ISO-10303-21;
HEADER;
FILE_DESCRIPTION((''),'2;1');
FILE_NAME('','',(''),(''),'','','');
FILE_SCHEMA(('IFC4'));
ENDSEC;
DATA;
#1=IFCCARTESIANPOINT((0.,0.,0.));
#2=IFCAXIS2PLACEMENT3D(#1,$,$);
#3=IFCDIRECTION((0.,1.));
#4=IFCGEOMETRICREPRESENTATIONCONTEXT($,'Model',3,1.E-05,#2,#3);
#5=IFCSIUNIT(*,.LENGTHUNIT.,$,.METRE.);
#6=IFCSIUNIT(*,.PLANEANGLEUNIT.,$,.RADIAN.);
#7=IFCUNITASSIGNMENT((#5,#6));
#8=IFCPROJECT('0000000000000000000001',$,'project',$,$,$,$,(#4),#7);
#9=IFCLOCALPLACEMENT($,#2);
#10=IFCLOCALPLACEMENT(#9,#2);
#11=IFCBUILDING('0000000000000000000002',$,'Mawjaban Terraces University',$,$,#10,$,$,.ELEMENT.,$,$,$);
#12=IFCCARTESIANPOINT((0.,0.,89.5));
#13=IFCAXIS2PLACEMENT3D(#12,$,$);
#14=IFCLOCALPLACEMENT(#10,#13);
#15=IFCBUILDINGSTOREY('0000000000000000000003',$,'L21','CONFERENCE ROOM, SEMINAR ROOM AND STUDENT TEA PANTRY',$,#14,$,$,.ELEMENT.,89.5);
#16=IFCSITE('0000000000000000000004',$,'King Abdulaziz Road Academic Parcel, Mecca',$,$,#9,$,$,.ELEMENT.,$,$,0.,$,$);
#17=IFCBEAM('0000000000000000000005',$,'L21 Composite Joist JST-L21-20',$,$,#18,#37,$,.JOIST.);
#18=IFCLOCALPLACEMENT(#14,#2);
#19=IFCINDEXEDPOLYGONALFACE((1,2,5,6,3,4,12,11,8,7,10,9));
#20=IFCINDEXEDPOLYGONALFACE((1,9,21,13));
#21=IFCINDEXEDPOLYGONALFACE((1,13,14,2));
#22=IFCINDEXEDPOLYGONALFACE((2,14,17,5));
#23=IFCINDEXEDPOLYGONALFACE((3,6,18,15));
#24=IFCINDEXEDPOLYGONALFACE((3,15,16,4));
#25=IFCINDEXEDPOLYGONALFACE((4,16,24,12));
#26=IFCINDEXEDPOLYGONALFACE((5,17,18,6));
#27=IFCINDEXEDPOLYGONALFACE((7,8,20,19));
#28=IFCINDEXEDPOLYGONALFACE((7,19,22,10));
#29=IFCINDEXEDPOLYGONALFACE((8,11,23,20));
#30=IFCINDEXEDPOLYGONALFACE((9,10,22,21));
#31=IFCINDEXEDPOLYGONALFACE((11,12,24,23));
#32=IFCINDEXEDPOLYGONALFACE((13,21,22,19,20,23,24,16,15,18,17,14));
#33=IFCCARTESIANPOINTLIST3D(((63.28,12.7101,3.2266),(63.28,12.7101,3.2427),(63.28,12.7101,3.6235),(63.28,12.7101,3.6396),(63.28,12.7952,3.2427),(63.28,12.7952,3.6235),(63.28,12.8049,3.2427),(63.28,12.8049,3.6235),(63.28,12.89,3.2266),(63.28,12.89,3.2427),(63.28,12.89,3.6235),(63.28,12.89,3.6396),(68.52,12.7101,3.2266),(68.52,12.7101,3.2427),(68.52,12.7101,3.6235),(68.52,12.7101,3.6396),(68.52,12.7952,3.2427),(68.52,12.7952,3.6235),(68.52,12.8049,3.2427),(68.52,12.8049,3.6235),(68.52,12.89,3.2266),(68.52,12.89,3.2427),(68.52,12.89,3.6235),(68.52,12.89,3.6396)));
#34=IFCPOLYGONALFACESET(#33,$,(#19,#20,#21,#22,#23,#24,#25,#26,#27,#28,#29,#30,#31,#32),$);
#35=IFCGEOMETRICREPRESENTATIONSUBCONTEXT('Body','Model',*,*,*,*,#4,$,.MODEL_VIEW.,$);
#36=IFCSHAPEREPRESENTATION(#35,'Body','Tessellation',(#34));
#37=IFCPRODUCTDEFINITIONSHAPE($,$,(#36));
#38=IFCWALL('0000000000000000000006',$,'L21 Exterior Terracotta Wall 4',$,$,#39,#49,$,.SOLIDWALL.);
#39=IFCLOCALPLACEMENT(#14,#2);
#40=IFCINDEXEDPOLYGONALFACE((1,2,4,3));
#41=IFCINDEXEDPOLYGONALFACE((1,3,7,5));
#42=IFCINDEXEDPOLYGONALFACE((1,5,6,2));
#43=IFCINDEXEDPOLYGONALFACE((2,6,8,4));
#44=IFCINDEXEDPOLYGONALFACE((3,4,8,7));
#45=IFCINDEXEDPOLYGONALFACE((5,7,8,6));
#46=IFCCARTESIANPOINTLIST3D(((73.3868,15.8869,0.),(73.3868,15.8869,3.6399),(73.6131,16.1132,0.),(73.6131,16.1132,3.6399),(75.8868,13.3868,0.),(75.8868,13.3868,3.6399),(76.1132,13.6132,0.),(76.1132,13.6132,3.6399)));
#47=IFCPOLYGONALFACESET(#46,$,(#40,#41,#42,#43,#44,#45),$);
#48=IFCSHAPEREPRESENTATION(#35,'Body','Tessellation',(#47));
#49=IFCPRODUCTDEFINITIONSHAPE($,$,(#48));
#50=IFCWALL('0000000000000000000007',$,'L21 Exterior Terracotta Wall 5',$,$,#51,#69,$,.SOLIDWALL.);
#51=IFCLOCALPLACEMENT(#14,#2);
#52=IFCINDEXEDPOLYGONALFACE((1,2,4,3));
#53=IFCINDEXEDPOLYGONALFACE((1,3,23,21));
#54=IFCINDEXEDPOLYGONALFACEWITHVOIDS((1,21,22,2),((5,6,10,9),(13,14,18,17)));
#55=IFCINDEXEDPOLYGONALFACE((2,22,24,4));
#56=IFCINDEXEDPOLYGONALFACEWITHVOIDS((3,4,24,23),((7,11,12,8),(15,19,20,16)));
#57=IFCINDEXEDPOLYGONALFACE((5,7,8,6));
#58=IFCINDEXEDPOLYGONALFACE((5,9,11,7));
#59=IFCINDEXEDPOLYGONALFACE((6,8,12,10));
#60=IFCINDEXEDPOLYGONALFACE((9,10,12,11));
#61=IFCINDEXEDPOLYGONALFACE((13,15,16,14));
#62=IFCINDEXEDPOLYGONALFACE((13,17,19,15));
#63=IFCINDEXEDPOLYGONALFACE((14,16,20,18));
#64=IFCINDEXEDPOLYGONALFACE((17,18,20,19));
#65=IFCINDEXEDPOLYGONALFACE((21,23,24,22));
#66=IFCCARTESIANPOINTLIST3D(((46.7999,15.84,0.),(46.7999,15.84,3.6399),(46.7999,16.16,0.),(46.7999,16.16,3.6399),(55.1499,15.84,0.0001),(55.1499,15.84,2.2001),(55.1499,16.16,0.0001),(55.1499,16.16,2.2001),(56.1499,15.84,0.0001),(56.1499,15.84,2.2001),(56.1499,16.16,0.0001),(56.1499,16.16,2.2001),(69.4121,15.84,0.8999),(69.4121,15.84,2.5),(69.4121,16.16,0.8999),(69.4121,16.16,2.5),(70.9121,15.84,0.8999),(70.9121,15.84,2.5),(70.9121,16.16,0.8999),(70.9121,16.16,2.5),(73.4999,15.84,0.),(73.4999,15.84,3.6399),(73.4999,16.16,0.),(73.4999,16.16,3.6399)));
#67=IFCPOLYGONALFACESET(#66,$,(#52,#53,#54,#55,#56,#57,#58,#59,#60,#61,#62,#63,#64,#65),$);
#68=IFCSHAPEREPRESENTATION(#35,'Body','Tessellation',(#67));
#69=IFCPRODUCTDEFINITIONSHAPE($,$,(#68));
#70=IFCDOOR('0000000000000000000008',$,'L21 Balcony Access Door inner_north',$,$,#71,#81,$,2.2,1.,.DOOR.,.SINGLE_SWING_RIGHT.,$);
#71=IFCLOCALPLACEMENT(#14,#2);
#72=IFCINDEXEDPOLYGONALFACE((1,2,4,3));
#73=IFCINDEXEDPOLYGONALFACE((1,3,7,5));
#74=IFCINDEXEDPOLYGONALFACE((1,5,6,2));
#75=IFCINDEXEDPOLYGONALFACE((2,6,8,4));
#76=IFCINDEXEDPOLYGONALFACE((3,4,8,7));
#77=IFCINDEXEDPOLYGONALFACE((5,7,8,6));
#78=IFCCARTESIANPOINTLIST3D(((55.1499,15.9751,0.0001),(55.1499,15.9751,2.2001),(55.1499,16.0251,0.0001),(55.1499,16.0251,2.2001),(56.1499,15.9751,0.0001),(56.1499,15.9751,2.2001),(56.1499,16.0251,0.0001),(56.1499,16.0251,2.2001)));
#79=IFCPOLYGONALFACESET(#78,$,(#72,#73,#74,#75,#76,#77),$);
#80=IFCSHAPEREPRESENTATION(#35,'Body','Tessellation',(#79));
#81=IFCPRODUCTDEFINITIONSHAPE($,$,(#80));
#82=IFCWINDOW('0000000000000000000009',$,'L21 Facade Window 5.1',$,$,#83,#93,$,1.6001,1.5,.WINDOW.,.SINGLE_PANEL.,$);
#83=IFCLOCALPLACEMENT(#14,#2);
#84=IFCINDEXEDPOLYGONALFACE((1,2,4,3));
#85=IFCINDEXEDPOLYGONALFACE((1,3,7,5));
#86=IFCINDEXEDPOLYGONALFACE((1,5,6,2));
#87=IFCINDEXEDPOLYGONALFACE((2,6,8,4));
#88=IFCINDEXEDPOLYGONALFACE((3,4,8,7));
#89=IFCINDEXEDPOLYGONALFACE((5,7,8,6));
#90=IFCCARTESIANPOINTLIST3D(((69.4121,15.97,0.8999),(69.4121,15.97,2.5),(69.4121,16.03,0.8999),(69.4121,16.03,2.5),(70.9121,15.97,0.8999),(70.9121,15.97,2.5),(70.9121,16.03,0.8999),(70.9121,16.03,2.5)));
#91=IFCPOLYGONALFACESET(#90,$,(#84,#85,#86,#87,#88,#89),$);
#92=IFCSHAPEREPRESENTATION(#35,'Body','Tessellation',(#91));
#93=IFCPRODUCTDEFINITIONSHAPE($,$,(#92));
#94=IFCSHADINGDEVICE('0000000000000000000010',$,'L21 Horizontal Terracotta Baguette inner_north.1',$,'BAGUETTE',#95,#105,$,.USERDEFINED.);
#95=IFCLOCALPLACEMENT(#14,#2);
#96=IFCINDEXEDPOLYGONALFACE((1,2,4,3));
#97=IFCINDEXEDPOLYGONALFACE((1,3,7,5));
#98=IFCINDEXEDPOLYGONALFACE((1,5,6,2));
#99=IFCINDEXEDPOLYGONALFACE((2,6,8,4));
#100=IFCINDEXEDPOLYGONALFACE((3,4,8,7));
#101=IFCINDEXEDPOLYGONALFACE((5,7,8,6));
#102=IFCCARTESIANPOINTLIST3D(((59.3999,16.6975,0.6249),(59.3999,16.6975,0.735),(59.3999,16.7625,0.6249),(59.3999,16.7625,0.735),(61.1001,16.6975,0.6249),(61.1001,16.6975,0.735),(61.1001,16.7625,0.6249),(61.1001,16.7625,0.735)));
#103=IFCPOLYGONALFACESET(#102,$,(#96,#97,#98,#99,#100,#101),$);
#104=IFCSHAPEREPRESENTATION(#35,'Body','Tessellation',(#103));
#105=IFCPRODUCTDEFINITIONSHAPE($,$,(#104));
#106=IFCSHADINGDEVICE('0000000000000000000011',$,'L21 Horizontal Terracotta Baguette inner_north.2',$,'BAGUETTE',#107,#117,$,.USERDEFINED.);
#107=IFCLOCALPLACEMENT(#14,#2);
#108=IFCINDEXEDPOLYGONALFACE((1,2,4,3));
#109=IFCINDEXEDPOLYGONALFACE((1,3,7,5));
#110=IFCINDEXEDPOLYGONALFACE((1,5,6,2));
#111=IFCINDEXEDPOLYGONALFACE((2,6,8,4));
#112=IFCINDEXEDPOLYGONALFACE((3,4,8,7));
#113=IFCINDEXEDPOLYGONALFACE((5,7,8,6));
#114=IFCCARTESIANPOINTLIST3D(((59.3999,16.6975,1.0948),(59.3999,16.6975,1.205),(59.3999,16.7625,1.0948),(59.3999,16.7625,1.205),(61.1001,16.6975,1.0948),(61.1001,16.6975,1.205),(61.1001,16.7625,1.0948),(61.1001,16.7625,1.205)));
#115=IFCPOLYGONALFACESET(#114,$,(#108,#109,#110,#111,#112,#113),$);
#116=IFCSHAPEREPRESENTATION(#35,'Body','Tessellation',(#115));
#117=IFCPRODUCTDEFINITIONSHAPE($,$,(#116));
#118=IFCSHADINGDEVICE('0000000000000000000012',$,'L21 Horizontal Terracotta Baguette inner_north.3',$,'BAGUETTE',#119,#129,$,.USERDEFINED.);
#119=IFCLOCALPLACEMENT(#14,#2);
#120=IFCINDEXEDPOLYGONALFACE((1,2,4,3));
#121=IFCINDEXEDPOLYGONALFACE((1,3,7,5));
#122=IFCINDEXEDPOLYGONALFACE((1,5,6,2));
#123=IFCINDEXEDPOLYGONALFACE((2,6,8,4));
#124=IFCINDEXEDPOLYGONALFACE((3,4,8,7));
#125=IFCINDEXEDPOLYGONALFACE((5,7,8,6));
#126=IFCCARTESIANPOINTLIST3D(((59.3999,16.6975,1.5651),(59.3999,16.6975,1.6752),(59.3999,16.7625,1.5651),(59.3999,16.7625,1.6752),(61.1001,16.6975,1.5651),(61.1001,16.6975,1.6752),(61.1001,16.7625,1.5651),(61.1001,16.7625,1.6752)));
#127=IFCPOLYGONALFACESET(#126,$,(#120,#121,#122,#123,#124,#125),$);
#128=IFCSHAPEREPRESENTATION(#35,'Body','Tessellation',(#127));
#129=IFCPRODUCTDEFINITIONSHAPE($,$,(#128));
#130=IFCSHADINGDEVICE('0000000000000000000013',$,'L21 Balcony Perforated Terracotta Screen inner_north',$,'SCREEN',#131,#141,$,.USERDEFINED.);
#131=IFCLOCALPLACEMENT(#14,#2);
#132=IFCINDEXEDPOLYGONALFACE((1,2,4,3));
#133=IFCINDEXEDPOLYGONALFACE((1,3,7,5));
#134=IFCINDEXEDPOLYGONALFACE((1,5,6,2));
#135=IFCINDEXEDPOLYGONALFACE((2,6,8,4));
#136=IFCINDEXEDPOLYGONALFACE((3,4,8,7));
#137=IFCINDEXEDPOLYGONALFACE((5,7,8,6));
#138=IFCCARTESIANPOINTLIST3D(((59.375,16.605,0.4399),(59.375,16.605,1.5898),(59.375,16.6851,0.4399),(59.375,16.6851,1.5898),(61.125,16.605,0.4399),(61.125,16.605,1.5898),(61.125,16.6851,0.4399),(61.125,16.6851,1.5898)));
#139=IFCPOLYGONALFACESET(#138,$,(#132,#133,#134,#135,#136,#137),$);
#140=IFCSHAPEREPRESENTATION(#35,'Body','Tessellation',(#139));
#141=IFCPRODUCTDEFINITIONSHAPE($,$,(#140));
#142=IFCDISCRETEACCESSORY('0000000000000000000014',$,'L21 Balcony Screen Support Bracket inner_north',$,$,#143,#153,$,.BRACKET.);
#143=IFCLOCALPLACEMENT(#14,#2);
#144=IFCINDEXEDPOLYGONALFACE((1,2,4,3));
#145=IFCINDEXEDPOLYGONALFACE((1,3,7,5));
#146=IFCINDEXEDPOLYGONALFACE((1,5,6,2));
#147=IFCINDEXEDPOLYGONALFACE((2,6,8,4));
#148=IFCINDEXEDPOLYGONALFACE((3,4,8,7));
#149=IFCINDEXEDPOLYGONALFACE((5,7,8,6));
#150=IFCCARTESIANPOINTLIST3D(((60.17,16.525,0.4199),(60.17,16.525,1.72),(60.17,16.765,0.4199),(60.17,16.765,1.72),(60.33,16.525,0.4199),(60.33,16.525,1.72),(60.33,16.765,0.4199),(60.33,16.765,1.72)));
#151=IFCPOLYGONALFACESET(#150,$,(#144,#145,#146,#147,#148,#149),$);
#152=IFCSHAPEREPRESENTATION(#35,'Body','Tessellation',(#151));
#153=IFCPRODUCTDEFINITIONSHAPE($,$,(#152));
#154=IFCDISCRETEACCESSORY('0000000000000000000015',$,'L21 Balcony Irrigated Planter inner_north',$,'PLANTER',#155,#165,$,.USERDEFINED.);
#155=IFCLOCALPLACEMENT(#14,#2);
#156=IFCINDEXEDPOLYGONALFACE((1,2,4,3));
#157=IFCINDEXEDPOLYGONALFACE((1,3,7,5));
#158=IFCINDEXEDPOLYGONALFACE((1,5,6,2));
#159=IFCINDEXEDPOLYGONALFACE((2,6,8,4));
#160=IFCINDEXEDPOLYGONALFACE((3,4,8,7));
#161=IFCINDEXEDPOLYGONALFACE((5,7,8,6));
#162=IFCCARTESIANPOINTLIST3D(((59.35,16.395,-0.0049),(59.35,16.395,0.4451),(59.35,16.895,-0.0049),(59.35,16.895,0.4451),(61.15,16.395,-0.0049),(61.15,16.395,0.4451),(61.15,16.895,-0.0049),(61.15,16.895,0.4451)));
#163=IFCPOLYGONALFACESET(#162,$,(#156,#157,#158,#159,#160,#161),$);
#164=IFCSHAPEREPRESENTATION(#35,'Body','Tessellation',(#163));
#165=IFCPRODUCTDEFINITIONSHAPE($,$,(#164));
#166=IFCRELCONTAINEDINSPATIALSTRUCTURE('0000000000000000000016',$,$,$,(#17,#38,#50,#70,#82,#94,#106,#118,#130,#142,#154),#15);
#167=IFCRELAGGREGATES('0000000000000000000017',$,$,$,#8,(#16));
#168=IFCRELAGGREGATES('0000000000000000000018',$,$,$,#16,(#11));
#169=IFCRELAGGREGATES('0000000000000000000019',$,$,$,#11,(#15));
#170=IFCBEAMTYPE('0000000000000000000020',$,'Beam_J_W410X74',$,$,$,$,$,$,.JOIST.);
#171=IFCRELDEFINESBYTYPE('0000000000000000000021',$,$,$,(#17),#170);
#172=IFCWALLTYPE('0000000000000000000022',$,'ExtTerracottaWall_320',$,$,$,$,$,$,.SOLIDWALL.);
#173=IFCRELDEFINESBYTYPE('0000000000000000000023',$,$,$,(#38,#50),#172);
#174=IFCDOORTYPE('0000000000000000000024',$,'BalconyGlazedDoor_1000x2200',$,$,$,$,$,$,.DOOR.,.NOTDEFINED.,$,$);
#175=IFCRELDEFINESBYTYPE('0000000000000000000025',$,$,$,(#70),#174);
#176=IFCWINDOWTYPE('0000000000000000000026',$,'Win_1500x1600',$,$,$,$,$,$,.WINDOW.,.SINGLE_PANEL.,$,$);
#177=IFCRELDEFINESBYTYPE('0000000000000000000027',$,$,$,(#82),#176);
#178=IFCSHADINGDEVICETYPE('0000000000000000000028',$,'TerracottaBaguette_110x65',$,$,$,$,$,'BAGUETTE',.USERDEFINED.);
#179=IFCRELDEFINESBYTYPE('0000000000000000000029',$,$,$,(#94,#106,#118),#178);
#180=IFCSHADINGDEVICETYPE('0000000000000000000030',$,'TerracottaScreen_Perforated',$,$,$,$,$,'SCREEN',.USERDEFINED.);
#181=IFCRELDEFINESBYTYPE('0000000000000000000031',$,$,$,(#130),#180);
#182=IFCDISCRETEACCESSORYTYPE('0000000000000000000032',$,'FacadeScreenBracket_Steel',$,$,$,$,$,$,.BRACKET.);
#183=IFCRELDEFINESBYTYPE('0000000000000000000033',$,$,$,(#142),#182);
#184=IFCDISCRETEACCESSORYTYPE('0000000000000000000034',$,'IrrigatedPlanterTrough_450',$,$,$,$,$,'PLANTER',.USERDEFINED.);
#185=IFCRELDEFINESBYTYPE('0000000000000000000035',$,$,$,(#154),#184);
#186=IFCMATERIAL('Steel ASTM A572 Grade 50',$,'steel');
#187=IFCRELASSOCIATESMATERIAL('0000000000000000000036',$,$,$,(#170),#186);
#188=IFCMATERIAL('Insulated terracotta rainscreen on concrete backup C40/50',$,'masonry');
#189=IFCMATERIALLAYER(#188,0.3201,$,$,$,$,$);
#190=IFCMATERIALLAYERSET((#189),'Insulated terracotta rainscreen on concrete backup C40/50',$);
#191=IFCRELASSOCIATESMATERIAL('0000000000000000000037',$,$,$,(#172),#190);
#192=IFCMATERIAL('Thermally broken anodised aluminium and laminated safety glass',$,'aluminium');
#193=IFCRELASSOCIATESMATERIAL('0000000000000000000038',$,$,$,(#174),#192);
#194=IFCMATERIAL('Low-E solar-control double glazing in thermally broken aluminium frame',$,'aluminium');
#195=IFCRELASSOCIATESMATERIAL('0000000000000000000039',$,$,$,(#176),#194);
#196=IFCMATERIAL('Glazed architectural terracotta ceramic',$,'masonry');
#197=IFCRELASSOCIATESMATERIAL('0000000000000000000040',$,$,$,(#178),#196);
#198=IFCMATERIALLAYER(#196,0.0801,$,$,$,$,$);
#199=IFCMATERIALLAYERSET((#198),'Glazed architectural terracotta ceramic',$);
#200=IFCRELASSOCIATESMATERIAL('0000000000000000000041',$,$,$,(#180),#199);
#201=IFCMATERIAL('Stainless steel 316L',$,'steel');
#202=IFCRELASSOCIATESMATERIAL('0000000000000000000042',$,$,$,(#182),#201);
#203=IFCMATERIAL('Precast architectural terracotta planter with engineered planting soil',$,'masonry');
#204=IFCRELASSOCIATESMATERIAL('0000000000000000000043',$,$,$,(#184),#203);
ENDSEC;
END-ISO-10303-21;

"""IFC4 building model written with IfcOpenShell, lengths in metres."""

from ifc_helpers import new_model, si_unit, direction, frame, frame_2d, origin, origin_2d, place, context, subcontext, project, spatial, rectangle, i_section, extrude, material, layer, layer_set, material_profile, profile_set, type_object, element, fill, save


model = new_model("IFC4")

# Units and contexts
model_context = context("Model", 3, precision=1e-05, world=origin(), true_north=direction((0.0, 1.0)))
body_context = subcontext(model_context, "Body", "Model", "MODEL_VIEW")
ifc_project = project(units=[si_unit("LENGTHUNIT", "METRE"), si_unit("PLANEANGLEUNIT", "RADIAN")], contexts=[model_context])

# Site, building, storey
site_placement = place(None, origin())
site = spatial("IfcSite", under=ifc_project, at=site_placement, Name="King Abdulaziz Road Academic Parcel, Mecca", CompositionType="ELEMENT", RefElevation=0.0)
building_placement = place(site_placement, origin())
building = spatial("IfcBuilding", under=site, at=building_placement, Name="Mawjaban Terraces University", CompositionType="ELEMENT")
storey_placement = place(building_placement, frame((0.0, 0.0, 89.5)))
storey = spatial("IfcBuildingStorey", under=building, at=storey_placement, Name="L21", Description="CONFERENCE ROOM, SEMINAR ROOM AND STUDENT TEA PANTRY", CompositionType="ELEMENT", Elevation=89.5)

# Beam
ifc_material_1 = material(Name="Steel ASTM A572 Grade 50", Category="steel")
ifc_material_profile_1 = material_profile(ifc_material_1, i_section(OverallWidth=0.1799, OverallDepth=0.4131, WebThickness=0.0098, FlangeThickness=0.0161, at=origin_2d()), Name="W410X74")
ifc_profile_set_1 = profile_set([ifc_material_profile_1], Name="Steel ASTM A572 Grade 50")
beam_type_1 = type_object("IfcBeamType", Name="Beam_J_W410X74", PredefinedType="JOIST", material=ifc_profile_set_1)
beam_1_placement = place(storey_placement, frame((63.28, 12.8, 3.4331), z_axis=(1.0, 0.0, 0.0), x_axis=(0.0, 1.0, 0.0)))
element("IfcBeam", 1, at=beam_1_placement, inside=storey, type_object=beam_type_1, Name="L21 Composite Joist JST-L21-20", PredefinedType="JOIST", context=body_context, shape_type="SweptSolid", body=[
    extrude(i_section(OverallWidth=0.1799, OverallDepth=0.4131, WebThickness=0.0098, FlangeThickness=0.0161, at=origin_2d()), origin(), (0.0, 0.0, 1.0), 5.24),
])

# Wall
ifc_material_2 = material(Name="Insulated terracotta rainscreen on concrete backup C40/50", Category="masonry")
ifc_layer_1 = layer(ifc_material_2, 0.3201)
ifc_layer_set_1 = layer_set([ifc_layer_1], Name="Insulated terracotta rainscreen on concrete backup C40/50")
wall_type = type_object("IfcWallType", Name="ExtTerracottaWall_320", PredefinedType="SOLIDWALL", material=ifc_layer_set_1)
wall_1_placement = place(storey_placement, frame((76.0, 13.5, 0.0), z_axis=(0.0, 0.0, 1.0), x_axis=(-0.707107, 0.707107, 0.0)))
element("IfcWall", 2, at=wall_1_placement, inside=storey, type_object=wall_type, Name="L21 Exterior Terracotta Wall 4", PredefinedType="SOLIDWALL", context=body_context, shape_type="SweptSolid", body=[
    extrude(rectangle(XDim=3.5356, YDim=0.3201, at=frame_2d((1.7678, 0.0))), origin(), (0.0, 0.0, 1.0), 3.6399),
])

# Wall, openings, door, window
wall_2_placement = place(storey_placement, frame((73.5, 16.0, 0.0), z_axis=(0.0, 0.0, 1.0), x_axis=(-1.0, 0.0, 0.0)))
wall_2 = element("IfcWall", 3, at=wall_2_placement, inside=storey, type_object=wall_type, Name="L21 Exterior Terracotta Wall 5", PredefinedType="SOLIDWALL", context=body_context, shape_type="SweptSolid", body=[
    extrude(rectangle(XDim=26.7, YDim=0.3201, at=frame_2d((13.3501, 0.0))), origin(), (0.0, 0.0, 1.0), 3.6399),
])
opening_1_placement = place(wall_2_placement, frame((17.3501, 0.0, 0.0)))
opening_1 = element("IfcOpeningElement", 4, at=opening_1_placement, cuts=wall_2, PredefinedType="OPENING", context=body_context, shape_type="SweptSolid", body=[
    extrude(rectangle(XDim=1.0, YDim=2.2, at=frame_2d((0.5, 1.1001))), frame((0.0, 0.1699, 0.0), z_axis=(0.0, -1.0, 0.0), x_axis=(1.0, 0.0, 0.0)), (0.0, 0.0, 1.0), 0.3401),
])
opening_2_placement = place(wall_2_placement, frame((2.5879, 0.0, 0.8999)))
opening_2 = element("IfcOpeningElement", 5, at=opening_2_placement, cuts=wall_2, PredefinedType="OPENING", context=body_context, shape_type="SweptSolid", body=[
    extrude(rectangle(XDim=1.5, YDim=1.6001, at=frame_2d((0.75, 0.8))), frame((0.0, 0.1699, 0.0), z_axis=(0.0, -1.0, 0.0), x_axis=(1.0, 0.0, 0.0)), (0.0, 0.0, 1.0), 0.3401),
])
ifc_material_3 = material(Name="Thermally broken anodised aluminium and laminated safety glass", Category="aluminium")
door_type = type_object("IfcDoorType", Name="BalconyGlazedDoor_1000x2200", OperationType="NOTDEFINED", PredefinedType="DOOR", material=ifc_material_3)
door_placement = place(opening_1_placement, origin())
door = element("IfcDoor", 6, at=door_placement, inside=storey, type_object=door_type, Name="L21 Balcony Access Door inner_north", OperationType="SINGLE_SWING_RIGHT", OverallHeight=2.2, OverallWidth=1.0, PredefinedType="DOOR", context=body_context, shape_type="SweptSolid", body=[
    extrude(rectangle(XDim=1.0, YDim=2.2, at=frame_2d((0.5, 1.1001))), frame((0.0, 0.0249, 0.0), z_axis=(0.0, -1.0, 0.0), x_axis=(1.0, 0.0, 0.0)), (0.0, 0.0, 1.0), 0.05),
])
fill(opening_1, door)
ifc_material_4 = material(Name="Low-E solar-control double glazing in thermally broken aluminium frame", Category="aluminium")
window_type = type_object("IfcWindowType", Name="Win_1500x1600", PartitioningType="SINGLE_PANEL", PredefinedType="WINDOW", material=ifc_material_4)
window_placement = place(opening_2_placement, origin())
window = element("IfcWindow", 7, at=window_placement, inside=storey, type_object=window_type, Name="L21 Facade Window 5.1", OverallHeight=1.6001, OverallWidth=1.5, PartitioningType="SINGLE_PANEL", PredefinedType="WINDOW", context=body_context, shape_type="SweptSolid", body=[
    extrude(rectangle(XDim=1.5, YDim=1.6001, at=frame_2d((0.75, 0.8))), frame((0.0, 0.03, 0.0), z_axis=(0.0, -1.0, 0.0), x_axis=(1.0, 0.0, 0.0)), (0.0, 0.0, 1.0), 0.0601),
])
fill(opening_2, window)

# Shading devices
ifc_material_5 = material(Name="Glazed architectural terracotta ceramic", Category="masonry")
ifc_material_profile_2 = material_profile(ifc_material_5, rectangle(XDim=0.0649, YDim=0.1101, at=origin_2d()), Name="TBAG110X65")
ifc_profile_set_2 = profile_set([ifc_material_profile_2], Name="Glazed architectural terracotta ceramic")
shading_device_type_1 = type_object("IfcShadingDeviceType", Name="TerracottaBaguette_110x65", ElementType="BAGUETTE", PredefinedType="USERDEFINED", material=ifc_profile_set_2)
for number, where, z_axis, x_axis, name in (
    (8, (59.3999, 16.73, 0.6799), (1.0, 0.0, 0.0), (0.0, 1.0, 0.0), "L21 Horizontal Terracotta Baguette inner_north.1"),
    (9, (59.3999, 16.73, 1.1499), (1.0, 0.0, 0.0), (0.0, 1.0, 0.0), "L21 Horizontal Terracotta Baguette inner_north.2"),
    (10, (59.3999, 16.73, 1.6201), (1.0, 0.0, 0.0), (0.0, 1.0, 0.0), "L21 Horizontal Terracotta Baguette inner_north.3"),
):
    element("IfcShadingDevice", number, at=place(storey_placement, frame(where, z_axis=z_axis, x_axis=x_axis)), inside=storey, type_object=shading_device_type_1, Name=name, ObjectType="BAGUETTE", PredefinedType="USERDEFINED", context=body_context, shape_type="SweptSolid", body=[
        extrude(rectangle(XDim=0.0649, YDim=0.1101, at=origin_2d()), origin(), (0.0, 0.0, 1.0), 1.7002),
    ])
ifc_layer_2 = layer(ifc_material_5, 0.0801)
ifc_layer_set_2 = layer_set([ifc_layer_2], Name="Glazed architectural terracotta ceramic")
shading_device_type_2 = type_object("IfcShadingDeviceType", Name="TerracottaScreen_Perforated", ElementType="SCREEN", PredefinedType="USERDEFINED", material=ifc_layer_set_2)
shading_device_placement = place(storey_placement, frame((60.25, 16.645, 0.4399), z_axis=(0.0, 0.0, 1.0), x_axis=(1.0, 0.0, 0.0)))
element("IfcShadingDevice", 11, at=shading_device_placement, inside=storey, type_object=shading_device_type_2, Name="L21 Balcony Perforated Terracotta Screen inner_north", ObjectType="SCREEN", PredefinedType="USERDEFINED", context=body_context, shape_type="SweptSolid", body=[
    extrude(rectangle(XDim=1.75, YDim=0.0801, at=origin_2d()), origin(), (0.0, 0.0, 1.0), 1.1499),
])

# Discrete accessories
ifc_material_6 = material(Name="Stainless steel 316L", Category="steel")
discrete_accessory_type_1 = type_object("IfcDiscreteAccessoryType", Name="FacadeScreenBracket_Steel", PredefinedType="BRACKET", material=ifc_material_6)
discrete_accessory_1_placement = place(storey_placement, frame((60.25, 16.645, 0.4199), z_axis=(0.0, 0.0, 1.0), x_axis=(1.0, 0.0, 0.0)))
element("IfcDiscreteAccessory", 12, at=discrete_accessory_1_placement, inside=storey, type_object=discrete_accessory_type_1, Name="L21 Balcony Screen Support Bracket inner_north", PredefinedType="BRACKET", context=body_context, shape_type="SweptSolid", body=[
    extrude(rectangle(XDim=0.1599, YDim=0.24, at=origin_2d()), origin(), (0.0, 0.0, 1.0), 1.3),
])
ifc_material_7 = material(Name="Precast architectural terracotta planter with engineered planting soil", Category="masonry")
discrete_accessory_type_2 = type_object("IfcDiscreteAccessoryType", Name="IrrigatedPlanterTrough_450", ElementType="PLANTER", PredefinedType="USERDEFINED", material=ifc_material_7)
discrete_accessory_2_placement = place(storey_placement, frame((60.25, 16.645, -0.0049), z_axis=(0.0, 0.0, 1.0), x_axis=(1.0, 0.0, 0.0)))
element("IfcDiscreteAccessory", 13, at=discrete_accessory_2_placement, inside=storey, type_object=discrete_accessory_type_2, Name="L21 Balcony Irrigated Planter inner_north", ObjectType="PLANTER", PredefinedType="USERDEFINED", context=body_context, shape_type="SweptSolid", body=[
    extrude(rectangle(XDim=1.8, YDim=0.5, at=origin_2d()), origin(), (0.0, 0.0, 1.0), 0.45),
])

save(model, "model.ifc")
